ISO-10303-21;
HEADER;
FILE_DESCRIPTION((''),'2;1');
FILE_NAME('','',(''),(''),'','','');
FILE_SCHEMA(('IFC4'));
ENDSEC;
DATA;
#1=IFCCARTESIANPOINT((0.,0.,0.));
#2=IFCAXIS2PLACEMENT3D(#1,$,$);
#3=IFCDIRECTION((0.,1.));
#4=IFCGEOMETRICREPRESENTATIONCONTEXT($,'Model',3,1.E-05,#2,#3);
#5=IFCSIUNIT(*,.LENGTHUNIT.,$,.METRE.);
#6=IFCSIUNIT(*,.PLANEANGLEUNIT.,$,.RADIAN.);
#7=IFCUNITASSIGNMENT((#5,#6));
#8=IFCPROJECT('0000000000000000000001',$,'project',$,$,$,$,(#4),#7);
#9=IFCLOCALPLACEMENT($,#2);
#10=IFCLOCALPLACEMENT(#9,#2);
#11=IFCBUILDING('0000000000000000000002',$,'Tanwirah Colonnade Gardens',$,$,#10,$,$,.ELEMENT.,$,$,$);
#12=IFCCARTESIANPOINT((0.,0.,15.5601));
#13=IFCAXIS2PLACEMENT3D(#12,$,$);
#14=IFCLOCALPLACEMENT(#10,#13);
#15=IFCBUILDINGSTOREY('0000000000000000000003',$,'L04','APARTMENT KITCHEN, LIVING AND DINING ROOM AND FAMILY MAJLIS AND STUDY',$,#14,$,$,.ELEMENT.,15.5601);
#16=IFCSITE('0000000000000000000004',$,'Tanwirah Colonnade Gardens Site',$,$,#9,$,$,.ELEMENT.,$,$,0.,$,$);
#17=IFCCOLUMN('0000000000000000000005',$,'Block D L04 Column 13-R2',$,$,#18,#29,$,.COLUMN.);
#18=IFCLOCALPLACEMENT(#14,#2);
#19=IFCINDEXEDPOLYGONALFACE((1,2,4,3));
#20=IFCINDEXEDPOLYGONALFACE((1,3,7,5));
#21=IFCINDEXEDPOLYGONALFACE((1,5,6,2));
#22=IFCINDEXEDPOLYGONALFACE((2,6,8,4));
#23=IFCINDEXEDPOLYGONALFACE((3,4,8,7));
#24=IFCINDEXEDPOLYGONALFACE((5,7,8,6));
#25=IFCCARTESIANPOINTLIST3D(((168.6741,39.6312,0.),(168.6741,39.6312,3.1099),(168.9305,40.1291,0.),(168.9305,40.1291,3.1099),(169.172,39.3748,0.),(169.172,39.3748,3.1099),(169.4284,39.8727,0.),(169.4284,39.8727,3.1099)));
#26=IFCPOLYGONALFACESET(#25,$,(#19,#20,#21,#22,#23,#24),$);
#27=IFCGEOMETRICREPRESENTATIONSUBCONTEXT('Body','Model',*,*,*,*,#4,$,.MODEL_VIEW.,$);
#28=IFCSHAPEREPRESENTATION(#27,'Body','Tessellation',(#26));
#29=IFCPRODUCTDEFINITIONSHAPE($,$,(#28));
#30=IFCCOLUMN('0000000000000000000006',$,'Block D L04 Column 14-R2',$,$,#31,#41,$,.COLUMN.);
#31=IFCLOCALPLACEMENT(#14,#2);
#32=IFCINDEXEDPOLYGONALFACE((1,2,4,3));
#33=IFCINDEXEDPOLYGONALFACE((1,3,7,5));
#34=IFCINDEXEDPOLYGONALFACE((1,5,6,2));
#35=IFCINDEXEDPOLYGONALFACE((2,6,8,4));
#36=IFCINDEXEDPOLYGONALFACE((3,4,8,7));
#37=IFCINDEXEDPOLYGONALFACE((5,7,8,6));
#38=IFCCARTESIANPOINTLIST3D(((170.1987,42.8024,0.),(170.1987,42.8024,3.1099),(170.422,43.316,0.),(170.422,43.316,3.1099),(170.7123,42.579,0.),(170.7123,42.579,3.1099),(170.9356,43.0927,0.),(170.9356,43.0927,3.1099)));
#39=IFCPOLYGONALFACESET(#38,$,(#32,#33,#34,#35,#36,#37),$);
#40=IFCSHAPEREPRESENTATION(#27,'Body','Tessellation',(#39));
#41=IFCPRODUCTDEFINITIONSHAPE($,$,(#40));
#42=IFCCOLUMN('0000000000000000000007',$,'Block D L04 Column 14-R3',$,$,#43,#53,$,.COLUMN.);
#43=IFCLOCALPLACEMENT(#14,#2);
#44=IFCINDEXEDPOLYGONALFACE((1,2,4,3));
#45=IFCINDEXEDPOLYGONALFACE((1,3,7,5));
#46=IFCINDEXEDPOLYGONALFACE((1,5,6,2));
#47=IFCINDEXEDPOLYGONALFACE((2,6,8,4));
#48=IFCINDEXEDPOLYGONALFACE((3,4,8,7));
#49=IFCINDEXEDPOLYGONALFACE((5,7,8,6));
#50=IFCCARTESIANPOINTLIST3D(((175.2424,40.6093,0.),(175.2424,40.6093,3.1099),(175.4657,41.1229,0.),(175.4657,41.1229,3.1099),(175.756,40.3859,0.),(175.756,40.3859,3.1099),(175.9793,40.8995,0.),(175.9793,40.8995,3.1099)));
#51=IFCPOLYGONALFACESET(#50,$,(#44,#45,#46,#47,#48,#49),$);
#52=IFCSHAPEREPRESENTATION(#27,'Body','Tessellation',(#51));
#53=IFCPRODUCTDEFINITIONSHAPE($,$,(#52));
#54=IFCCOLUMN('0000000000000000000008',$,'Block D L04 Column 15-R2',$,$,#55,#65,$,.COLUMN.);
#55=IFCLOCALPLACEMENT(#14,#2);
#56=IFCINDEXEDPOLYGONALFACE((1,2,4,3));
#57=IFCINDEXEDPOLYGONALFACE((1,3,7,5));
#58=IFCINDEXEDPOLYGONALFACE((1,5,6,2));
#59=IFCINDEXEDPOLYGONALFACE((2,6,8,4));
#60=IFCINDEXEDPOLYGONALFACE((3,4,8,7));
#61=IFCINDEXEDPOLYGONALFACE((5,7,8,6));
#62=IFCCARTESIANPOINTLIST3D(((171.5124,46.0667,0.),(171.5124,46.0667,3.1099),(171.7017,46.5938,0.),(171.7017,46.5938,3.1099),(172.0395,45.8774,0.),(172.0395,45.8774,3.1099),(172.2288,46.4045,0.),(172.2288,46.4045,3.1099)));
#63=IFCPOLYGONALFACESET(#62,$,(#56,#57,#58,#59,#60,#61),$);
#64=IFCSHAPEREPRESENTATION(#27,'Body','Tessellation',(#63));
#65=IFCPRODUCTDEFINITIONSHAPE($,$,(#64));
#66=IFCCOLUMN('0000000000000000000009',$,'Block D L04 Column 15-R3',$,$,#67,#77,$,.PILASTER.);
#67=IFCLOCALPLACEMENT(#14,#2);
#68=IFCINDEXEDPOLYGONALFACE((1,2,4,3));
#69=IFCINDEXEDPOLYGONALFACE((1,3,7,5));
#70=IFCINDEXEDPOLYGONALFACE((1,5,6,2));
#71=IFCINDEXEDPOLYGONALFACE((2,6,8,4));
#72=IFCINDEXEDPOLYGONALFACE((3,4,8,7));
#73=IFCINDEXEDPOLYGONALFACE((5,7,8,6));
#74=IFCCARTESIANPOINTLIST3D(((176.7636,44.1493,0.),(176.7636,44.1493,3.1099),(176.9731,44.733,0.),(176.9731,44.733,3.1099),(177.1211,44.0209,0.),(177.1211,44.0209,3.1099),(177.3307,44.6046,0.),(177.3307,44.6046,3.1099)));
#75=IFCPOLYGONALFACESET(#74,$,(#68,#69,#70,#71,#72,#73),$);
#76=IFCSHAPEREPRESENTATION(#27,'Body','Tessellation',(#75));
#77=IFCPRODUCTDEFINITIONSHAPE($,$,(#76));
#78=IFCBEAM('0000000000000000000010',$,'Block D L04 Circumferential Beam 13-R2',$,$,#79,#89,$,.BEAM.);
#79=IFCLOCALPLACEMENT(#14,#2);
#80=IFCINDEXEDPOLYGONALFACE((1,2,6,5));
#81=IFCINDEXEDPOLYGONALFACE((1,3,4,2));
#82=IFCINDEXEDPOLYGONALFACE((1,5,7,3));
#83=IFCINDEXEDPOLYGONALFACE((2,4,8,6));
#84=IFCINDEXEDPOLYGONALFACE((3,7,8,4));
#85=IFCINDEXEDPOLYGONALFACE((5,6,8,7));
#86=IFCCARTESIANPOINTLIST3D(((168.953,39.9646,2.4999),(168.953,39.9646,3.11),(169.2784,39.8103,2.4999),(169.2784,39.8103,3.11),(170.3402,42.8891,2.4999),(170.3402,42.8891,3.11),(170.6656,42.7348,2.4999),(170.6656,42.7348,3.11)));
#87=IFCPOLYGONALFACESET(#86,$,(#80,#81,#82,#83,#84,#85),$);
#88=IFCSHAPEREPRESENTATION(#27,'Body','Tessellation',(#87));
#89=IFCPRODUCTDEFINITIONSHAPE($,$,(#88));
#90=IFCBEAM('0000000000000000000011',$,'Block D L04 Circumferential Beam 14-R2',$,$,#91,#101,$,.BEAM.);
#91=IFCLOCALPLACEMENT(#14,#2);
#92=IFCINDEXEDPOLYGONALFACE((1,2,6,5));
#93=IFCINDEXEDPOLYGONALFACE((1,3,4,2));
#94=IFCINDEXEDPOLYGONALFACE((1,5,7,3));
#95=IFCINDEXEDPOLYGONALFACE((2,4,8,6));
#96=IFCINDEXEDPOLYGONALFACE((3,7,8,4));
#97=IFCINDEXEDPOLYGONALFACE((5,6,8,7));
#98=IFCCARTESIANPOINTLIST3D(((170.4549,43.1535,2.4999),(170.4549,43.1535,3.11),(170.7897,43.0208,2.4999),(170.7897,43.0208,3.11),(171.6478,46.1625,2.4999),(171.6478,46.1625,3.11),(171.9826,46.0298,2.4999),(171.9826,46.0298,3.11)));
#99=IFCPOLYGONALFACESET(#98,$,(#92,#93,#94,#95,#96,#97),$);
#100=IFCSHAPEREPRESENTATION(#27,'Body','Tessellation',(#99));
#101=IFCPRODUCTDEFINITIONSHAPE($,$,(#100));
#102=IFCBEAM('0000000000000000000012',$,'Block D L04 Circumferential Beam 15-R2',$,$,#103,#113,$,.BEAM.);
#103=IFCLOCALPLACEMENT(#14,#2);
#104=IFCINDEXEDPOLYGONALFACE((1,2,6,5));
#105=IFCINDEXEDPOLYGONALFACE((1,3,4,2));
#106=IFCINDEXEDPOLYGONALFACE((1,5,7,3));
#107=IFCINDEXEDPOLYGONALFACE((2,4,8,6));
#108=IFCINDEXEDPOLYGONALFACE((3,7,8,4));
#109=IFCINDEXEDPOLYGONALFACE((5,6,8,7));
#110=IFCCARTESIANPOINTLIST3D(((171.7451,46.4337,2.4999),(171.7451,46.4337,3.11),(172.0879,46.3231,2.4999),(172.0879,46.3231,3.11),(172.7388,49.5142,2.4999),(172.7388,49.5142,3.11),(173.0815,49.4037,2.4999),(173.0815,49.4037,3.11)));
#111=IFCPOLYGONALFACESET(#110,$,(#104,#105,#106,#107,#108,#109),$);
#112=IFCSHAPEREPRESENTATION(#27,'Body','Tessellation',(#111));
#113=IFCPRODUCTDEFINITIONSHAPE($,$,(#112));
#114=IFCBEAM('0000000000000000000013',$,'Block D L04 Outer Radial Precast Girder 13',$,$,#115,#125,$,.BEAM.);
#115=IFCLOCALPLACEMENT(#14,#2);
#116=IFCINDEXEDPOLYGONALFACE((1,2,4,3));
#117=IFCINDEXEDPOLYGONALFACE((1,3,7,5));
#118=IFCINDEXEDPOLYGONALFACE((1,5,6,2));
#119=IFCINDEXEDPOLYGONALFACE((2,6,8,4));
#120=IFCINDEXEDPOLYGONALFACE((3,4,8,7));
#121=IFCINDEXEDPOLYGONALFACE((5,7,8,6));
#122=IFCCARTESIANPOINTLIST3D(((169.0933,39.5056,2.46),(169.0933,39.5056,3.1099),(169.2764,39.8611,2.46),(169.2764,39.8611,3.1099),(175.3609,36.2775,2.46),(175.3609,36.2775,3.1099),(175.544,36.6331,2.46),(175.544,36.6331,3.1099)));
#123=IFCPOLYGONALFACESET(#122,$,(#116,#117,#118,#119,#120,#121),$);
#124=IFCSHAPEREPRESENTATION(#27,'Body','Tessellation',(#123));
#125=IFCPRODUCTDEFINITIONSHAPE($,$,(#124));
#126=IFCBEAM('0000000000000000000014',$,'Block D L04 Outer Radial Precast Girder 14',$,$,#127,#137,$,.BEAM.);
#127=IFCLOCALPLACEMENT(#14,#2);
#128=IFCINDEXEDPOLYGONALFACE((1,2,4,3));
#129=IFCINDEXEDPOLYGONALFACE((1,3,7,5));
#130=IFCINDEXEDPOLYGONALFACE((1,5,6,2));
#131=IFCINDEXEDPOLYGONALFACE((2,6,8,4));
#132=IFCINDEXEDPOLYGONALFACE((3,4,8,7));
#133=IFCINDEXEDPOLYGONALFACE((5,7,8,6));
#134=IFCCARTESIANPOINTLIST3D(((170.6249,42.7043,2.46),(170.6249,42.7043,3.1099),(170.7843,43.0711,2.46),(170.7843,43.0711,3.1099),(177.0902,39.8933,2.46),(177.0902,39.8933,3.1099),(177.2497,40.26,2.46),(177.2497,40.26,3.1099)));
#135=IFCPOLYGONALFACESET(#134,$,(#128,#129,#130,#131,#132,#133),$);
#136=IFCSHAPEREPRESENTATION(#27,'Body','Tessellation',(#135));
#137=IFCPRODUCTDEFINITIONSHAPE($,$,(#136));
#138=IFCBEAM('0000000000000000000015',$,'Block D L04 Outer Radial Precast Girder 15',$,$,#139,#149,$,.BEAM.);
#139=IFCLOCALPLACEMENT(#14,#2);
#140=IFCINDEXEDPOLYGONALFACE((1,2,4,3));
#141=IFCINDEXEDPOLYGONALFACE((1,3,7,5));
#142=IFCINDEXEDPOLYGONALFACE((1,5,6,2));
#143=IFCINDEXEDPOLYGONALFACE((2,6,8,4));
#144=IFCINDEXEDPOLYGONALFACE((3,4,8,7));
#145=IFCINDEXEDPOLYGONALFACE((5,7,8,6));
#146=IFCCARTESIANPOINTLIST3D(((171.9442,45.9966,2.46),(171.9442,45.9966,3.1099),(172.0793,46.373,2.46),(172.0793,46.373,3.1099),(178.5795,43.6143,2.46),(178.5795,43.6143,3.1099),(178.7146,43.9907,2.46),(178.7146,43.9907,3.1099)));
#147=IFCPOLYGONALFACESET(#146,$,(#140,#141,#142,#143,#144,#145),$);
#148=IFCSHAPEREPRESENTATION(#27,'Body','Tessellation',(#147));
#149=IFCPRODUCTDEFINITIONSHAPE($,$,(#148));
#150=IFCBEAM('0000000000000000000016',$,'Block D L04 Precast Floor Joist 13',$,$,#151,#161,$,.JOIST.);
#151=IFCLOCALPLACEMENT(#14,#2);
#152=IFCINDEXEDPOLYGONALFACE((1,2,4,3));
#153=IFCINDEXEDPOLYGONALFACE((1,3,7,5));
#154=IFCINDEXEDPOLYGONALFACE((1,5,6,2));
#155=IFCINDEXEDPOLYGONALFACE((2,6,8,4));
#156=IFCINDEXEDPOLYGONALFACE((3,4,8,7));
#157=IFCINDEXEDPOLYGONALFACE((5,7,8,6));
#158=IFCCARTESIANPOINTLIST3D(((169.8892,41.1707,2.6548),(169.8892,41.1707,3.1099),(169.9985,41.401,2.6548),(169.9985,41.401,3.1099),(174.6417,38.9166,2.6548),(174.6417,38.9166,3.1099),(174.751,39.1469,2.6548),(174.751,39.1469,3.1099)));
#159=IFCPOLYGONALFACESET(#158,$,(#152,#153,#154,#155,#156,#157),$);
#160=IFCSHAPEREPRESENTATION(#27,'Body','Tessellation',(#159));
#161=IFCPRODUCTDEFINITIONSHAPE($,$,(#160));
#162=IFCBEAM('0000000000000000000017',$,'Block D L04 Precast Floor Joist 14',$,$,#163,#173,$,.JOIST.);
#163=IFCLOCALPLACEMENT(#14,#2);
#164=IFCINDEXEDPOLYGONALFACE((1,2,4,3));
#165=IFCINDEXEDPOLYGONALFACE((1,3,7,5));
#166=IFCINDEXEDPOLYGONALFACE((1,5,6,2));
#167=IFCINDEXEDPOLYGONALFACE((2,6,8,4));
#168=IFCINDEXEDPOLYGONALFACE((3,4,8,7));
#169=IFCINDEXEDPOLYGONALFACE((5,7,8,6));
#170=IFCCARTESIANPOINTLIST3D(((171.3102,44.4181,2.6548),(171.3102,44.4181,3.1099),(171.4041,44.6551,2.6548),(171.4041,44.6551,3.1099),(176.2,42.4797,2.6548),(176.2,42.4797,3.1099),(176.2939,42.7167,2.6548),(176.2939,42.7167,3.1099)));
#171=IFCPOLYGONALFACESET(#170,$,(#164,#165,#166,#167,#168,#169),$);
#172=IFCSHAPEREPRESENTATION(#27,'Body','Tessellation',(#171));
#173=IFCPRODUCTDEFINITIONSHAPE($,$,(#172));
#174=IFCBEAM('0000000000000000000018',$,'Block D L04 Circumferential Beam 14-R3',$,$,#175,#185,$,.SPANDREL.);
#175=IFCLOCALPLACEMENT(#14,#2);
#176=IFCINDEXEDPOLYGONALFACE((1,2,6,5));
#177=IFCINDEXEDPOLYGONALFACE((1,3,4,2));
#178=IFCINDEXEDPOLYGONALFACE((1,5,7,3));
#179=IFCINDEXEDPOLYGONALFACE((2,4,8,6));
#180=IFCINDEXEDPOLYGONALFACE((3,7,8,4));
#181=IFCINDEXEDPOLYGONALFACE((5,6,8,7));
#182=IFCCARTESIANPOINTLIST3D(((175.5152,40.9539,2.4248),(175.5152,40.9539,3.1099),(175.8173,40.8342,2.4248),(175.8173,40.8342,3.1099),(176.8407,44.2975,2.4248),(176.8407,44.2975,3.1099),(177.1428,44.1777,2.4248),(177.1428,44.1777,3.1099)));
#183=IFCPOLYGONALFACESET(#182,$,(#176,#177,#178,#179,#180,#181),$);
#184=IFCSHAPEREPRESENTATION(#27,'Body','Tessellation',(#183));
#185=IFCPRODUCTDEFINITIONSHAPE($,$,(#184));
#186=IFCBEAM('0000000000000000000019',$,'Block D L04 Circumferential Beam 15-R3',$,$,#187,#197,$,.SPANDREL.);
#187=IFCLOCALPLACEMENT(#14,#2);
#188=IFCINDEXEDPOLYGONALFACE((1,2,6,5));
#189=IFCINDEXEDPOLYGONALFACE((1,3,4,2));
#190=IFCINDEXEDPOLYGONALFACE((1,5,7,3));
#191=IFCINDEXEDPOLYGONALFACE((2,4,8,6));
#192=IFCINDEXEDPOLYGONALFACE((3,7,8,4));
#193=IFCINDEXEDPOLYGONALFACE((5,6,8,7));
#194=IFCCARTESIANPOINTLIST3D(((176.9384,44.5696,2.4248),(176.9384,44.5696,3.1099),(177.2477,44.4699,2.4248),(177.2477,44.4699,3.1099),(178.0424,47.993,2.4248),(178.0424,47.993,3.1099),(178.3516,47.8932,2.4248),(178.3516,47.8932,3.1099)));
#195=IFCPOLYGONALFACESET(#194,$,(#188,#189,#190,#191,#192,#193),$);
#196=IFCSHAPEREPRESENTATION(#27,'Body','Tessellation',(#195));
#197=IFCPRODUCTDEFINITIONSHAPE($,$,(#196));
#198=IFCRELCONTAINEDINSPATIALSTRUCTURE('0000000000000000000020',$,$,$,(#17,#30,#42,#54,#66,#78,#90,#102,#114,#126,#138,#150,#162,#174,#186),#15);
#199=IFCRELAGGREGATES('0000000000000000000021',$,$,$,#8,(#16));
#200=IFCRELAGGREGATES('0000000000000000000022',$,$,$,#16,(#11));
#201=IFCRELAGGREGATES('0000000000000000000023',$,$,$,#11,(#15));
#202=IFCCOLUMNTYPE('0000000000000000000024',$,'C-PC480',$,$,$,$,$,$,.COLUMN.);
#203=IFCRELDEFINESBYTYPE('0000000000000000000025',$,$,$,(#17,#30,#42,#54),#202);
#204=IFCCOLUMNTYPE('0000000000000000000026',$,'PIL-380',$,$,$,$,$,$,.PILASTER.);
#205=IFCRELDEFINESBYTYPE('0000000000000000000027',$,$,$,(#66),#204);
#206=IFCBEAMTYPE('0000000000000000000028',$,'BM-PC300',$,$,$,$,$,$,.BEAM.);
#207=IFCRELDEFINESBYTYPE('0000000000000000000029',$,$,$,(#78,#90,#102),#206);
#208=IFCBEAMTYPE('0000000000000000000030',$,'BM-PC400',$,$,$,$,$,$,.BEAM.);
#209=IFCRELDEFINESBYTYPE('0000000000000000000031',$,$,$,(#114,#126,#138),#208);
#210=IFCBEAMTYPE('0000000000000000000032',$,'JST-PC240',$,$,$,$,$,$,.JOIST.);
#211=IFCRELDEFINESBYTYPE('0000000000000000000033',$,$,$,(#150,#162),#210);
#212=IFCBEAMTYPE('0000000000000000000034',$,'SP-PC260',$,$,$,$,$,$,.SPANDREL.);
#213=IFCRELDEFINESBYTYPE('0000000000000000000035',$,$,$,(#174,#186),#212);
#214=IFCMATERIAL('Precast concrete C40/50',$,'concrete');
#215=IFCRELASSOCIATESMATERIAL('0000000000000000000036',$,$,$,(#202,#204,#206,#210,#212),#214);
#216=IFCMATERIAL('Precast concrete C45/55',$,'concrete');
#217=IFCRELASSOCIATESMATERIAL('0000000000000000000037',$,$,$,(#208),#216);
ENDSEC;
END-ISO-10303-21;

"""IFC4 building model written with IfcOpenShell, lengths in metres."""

from ifc_helpers import new_model, si_unit, direction, frame, origin, origin_2d, place, context, subcontext, project, spatial, rectangle, extrude, material, material_profile, profile_set, type_object, element, save


model = new_model("IFC4")

# Units and contexts
model_context = context("Model", 3, precision=1e-05, world=origin(), true_north=direction((0.0, 1.0)))
body_context = subcontext(model_context, "Body", "Model", "MODEL_VIEW")
ifc_project = project(units=[si_unit("LENGTHUNIT", "METRE"), si_unit("PLANEANGLEUNIT", "RADIAN")], contexts=[model_context])

# Site, building, storey
site_placement = place(None, origin())
site = spatial("IfcSite", under=ifc_project, at=site_placement, Name="Tanwirah Colonnade Gardens Site", CompositionType="ELEMENT", RefElevation=0.0)
building_placement = place(site_placement, origin())
building = spatial("IfcBuilding", under=site, at=building_placement, Name="Tanwirah Colonnade Gardens", CompositionType="ELEMENT")
storey_placement = place(building_placement, frame((0.0, 0.0, 15.5601)))
storey = spatial("IfcBuildingStorey", under=building, at=storey_placement, Name="L04", Description="APARTMENT KITCHEN, LIVING AND DINING ROOM AND FAMILY MAJLIS AND STUDY", CompositionType="ELEMENT", Elevation=15.5601)

# Columns
ifc_material_1 = material(Name="Precast concrete C40/50", Category="concrete")
ifc_material_profile_1 = material_profile(ifc_material_1, rectangle(XDim=0.5601, YDim=0.5601, at=origin_2d()), Name="PC-COL 560x560")
ifc_profile_set_1 = profile_set([ifc_material_profile_1], Name="Precast concrete C40/50")
column_type_1 = type_object("IfcColumnType", Name="C-PC480", PredefinedType="COLUMN", material=ifc_profile_set_1)
for number, where, z_axis, x_axis, name in (
    (1, (169.0513, 39.752, 0.0), (0.0, 0.0, 1.0), (0.889017, -0.457874, 0.0), "Block D L04 Column 13-R2"),
    (2, (170.5671, 42.9475, 0.0), (0.0, 0.0, 1.0), (0.91706, -0.398749, 0.0), "Block D L04 Column 14-R2"),
    (3, (175.6108, 40.7544, 0.0), (0.0, 0.0, 1.0), (0.91706, -0.398749, 0.0), "Block D L04 Column 14-R3"),
    (4, (171.8706, 46.2356, 0.0), (0.0, 0.0, 1.0), (0.941176, -0.337917, 0.0), "Block D L04 Column 15-R2"),
):
    element("IfcColumn", number, at=place(storey_placement, frame(where, z_axis=z_axis, x_axis=x_axis)), inside=storey, type_object=column_type_1, Name=name, PredefinedType="COLUMN", context=body_context, shape_type="SweptSolid", body=[
        extrude(rectangle(XDim=0.5601, YDim=0.5601, at=origin_2d()), origin(), (0.0, 0.0, 1.0), 3.1099),
    ])
ifc_material_profile_2 = material_profile(ifc_material_1, rectangle(XDim=0.3799, YDim=0.6201, at=origin_2d()), Name="PC-PIL 380x620")
ifc_profile_set_2 = profile_set([ifc_material_profile_2], Name="Precast concrete C40/50")
column_type_2 = type_object("IfcColumnType", Name="PIL-380", PredefinedType="PILASTER", material=ifc_profile_set_2)
column_placement = place(storey_placement, frame((177.0471, 44.377, 0.0), z_axis=(0.0, 0.0, 1.0), x_axis=(0.941176, -0.337917, 0.0)))
element("IfcColumn", 5, at=column_placement, inside=storey, type_object=column_type_2, Name="Block D L04 Column 15-R3", PredefinedType="PILASTER", context=body_context, shape_type="SweptSolid", body=[
    extrude(rectangle(XDim=0.3799, YDim=0.6201, at=origin_2d()), origin(), (0.0, 0.0, 1.0), 3.1099),
])

# Beams
ifc_material_profile_3 = material_profile(ifc_material_1, rectangle(XDim=0.3601, YDim=0.6101, at=origin_2d()), Name="PC-BM 360x610")
ifc_profile_set_3 = profile_set([ifc_material_profile_3], Name="Precast concrete C40/50")
beam_type_1 = type_object("IfcBeamType", Name="BM-PC300", PredefinedType="BEAM", material=ifc_profile_set_3)
for number, where, z_axis, x_axis, name in (
    (6, (169.1157, 39.8875, 2.8049), (0.428563, 0.903512, 0.0), (-0.903512, 0.428563, 0.0), "Block D L04 Circumferential Beam 13-R2"),
    (7, (170.6223, 43.0872, 2.8049), (0.368528, 0.929617, 0.0), (-0.929617, 0.368528, 0.0), "Block D L04 Circumferential Beam 14-R2"),
    (8, (171.9165, 46.3784, 2.8049), (0.306981, 0.951716, 0.0), (-0.951716, 0.306981, 0.0), "Block D L04 Circumferential Beam 15-R2"),
):
    element("IfcBeam", number, at=place(storey_placement, frame(where, z_axis=z_axis, x_axis=x_axis)), inside=storey, type_object=beam_type_1, Name=name, PredefinedType="BEAM", context=body_context, shape_type="SweptSolid", body=[
        extrude(rectangle(XDim=0.3601, YDim=0.6101, at=origin_2d()), origin(), (0.0, 0.0, 1.0), 3.2368),
    ])
ifc_material_2 = material(Name="Precast concrete C45/55", Category="concrete")
ifc_material_profile_4 = material_profile(ifc_material_2, rectangle(XDim=0.3999, YDim=0.6499, at=origin_2d()), Name="PC-BM 400x650")
ifc_profile_set_4 = profile_set([ifc_material_profile_4], Name="Precast concrete C45/55")
beam_type_2 = type_object("IfcBeamType", Name="BM-PC400", PredefinedType="BEAM", material=ifc_profile_set_4)
for number, where, z_axis, x_axis, name in (
    (9, (169.1848, 39.6833, 2.7849), (0.889016, -0.457875, 0.0), (0.457875, 0.889016, 0.0), "Block D L04 Outer Radial Precast Girder 13"),
    (10, (170.7046, 42.8877, 2.7849), (0.917069, -0.398729, 0.0), (0.398729, 0.917069, 0.0), "Block D L04 Outer Radial Precast Girder 14"),
    (11, (172.0117, 46.1848, 2.7849), (0.941175, -0.33792, 0.0), (0.33792, 0.941175, 0.0), "Block D L04 Outer Radial Precast Girder 15"),
):
    element("IfcBeam", number, at=place(storey_placement, frame(where, z_axis=z_axis, x_axis=x_axis)), inside=storey, type_object=beam_type_2, Name=name, PredefinedType="BEAM", context=body_context, shape_type="SweptSolid", body=[
        extrude(rectangle(XDim=0.3999, YDim=0.6499, at=origin_2d()), origin(), (0.0, 0.0, 1.0), 7.05),
    ])
ifc_material_profile_5 = material_profile(ifc_material_1, rectangle(XDim=0.2549, YDim=0.4551, at=origin_2d()), Name="PC-JST 255x455")
ifc_profile_set_5 = profile_set([ifc_material_profile_5], Name="Precast concrete C40/50")
beam_type_3 = type_object("IfcBeamType", Name="JST-PC240", PredefinedType="JOIST", material=ifc_profile_set_5)
for number, where, z_axis, x_axis, name in (
    (12, (169.9438, 41.2859, 2.8823), (0.903518, -0.428551, 0.0), (0.428551, 0.903518, 0.0), "Block D L04 Precast Floor Joist 13"),
    (13, (171.3572, 44.5366, 2.8823), (0.929618, -0.368524, 0.0), (0.368524, 0.929618, 0.0), "Block D L04 Precast Floor Joist 14"),
):
    element("IfcBeam", number, at=place(storey_placement, frame(where, z_axis=z_axis, x_axis=x_axis)), inside=storey, type_object=beam_type_3, Name=name, PredefinedType="JOIST", context=body_context, shape_type="SweptSolid", body=[
        extrude(rectangle(XDim=0.2549, YDim=0.4551, at=origin_2d()), origin(), (0.0, 0.0, 1.0), 5.26),
    ])
ifc_material_profile_6 = material_profile(ifc_material_1, rectangle(XDim=0.325, YDim=0.6851, at=origin_2d()), Name="PC-SP 325x685")
ifc_profile_set_6 = profile_set([ifc_material_profile_6], Name="Precast concrete C40/50")
beam_type_4 = type_object("IfcBeamType", Name="SP-PC260", PredefinedType="SPANDREL", material=ifc_profile_set_6)
beam_1_placement = place(storey_placement, frame((175.6663, 40.894, 2.7673), z_axis=(0.368522, 0.929619, 0.0), x_axis=(-0.929619, 0.368522, 0.0)))
element("IfcBeam", 14, at=beam_1_placement, inside=storey, type_object=beam_type_4, Name="Block D L04 Circumferential Beam 14-R3", PredefinedType="SPANDREL", context=body_context, shape_type="SweptSolid", body=[
    extrude(rectangle(XDim=0.325, YDim=0.6851, at=origin_2d()), origin(), (0.0, 0.0, 1.0), 3.5967),
])
beam_2_placement = place(storey_placement, frame((177.093, 44.5198, 2.7673), z_axis=(0.306927, 0.951733, 0.0), x_axis=(-0.951733, 0.306927, 0.0)))
element("IfcBeam", 15, at=beam_2_placement, inside=storey, type_object=beam_type_4, Name="Block D L04 Circumferential Beam 15-R3", PredefinedType="SPANDREL", context=body_context, shape_type="SweptSolid", body=[
    extrude(rectangle(XDim=0.325, YDim=0.6851, at=origin_2d()), origin(), (0.0, 0.0, 1.0), 3.5969),
])

save(model, "model.ifc")
